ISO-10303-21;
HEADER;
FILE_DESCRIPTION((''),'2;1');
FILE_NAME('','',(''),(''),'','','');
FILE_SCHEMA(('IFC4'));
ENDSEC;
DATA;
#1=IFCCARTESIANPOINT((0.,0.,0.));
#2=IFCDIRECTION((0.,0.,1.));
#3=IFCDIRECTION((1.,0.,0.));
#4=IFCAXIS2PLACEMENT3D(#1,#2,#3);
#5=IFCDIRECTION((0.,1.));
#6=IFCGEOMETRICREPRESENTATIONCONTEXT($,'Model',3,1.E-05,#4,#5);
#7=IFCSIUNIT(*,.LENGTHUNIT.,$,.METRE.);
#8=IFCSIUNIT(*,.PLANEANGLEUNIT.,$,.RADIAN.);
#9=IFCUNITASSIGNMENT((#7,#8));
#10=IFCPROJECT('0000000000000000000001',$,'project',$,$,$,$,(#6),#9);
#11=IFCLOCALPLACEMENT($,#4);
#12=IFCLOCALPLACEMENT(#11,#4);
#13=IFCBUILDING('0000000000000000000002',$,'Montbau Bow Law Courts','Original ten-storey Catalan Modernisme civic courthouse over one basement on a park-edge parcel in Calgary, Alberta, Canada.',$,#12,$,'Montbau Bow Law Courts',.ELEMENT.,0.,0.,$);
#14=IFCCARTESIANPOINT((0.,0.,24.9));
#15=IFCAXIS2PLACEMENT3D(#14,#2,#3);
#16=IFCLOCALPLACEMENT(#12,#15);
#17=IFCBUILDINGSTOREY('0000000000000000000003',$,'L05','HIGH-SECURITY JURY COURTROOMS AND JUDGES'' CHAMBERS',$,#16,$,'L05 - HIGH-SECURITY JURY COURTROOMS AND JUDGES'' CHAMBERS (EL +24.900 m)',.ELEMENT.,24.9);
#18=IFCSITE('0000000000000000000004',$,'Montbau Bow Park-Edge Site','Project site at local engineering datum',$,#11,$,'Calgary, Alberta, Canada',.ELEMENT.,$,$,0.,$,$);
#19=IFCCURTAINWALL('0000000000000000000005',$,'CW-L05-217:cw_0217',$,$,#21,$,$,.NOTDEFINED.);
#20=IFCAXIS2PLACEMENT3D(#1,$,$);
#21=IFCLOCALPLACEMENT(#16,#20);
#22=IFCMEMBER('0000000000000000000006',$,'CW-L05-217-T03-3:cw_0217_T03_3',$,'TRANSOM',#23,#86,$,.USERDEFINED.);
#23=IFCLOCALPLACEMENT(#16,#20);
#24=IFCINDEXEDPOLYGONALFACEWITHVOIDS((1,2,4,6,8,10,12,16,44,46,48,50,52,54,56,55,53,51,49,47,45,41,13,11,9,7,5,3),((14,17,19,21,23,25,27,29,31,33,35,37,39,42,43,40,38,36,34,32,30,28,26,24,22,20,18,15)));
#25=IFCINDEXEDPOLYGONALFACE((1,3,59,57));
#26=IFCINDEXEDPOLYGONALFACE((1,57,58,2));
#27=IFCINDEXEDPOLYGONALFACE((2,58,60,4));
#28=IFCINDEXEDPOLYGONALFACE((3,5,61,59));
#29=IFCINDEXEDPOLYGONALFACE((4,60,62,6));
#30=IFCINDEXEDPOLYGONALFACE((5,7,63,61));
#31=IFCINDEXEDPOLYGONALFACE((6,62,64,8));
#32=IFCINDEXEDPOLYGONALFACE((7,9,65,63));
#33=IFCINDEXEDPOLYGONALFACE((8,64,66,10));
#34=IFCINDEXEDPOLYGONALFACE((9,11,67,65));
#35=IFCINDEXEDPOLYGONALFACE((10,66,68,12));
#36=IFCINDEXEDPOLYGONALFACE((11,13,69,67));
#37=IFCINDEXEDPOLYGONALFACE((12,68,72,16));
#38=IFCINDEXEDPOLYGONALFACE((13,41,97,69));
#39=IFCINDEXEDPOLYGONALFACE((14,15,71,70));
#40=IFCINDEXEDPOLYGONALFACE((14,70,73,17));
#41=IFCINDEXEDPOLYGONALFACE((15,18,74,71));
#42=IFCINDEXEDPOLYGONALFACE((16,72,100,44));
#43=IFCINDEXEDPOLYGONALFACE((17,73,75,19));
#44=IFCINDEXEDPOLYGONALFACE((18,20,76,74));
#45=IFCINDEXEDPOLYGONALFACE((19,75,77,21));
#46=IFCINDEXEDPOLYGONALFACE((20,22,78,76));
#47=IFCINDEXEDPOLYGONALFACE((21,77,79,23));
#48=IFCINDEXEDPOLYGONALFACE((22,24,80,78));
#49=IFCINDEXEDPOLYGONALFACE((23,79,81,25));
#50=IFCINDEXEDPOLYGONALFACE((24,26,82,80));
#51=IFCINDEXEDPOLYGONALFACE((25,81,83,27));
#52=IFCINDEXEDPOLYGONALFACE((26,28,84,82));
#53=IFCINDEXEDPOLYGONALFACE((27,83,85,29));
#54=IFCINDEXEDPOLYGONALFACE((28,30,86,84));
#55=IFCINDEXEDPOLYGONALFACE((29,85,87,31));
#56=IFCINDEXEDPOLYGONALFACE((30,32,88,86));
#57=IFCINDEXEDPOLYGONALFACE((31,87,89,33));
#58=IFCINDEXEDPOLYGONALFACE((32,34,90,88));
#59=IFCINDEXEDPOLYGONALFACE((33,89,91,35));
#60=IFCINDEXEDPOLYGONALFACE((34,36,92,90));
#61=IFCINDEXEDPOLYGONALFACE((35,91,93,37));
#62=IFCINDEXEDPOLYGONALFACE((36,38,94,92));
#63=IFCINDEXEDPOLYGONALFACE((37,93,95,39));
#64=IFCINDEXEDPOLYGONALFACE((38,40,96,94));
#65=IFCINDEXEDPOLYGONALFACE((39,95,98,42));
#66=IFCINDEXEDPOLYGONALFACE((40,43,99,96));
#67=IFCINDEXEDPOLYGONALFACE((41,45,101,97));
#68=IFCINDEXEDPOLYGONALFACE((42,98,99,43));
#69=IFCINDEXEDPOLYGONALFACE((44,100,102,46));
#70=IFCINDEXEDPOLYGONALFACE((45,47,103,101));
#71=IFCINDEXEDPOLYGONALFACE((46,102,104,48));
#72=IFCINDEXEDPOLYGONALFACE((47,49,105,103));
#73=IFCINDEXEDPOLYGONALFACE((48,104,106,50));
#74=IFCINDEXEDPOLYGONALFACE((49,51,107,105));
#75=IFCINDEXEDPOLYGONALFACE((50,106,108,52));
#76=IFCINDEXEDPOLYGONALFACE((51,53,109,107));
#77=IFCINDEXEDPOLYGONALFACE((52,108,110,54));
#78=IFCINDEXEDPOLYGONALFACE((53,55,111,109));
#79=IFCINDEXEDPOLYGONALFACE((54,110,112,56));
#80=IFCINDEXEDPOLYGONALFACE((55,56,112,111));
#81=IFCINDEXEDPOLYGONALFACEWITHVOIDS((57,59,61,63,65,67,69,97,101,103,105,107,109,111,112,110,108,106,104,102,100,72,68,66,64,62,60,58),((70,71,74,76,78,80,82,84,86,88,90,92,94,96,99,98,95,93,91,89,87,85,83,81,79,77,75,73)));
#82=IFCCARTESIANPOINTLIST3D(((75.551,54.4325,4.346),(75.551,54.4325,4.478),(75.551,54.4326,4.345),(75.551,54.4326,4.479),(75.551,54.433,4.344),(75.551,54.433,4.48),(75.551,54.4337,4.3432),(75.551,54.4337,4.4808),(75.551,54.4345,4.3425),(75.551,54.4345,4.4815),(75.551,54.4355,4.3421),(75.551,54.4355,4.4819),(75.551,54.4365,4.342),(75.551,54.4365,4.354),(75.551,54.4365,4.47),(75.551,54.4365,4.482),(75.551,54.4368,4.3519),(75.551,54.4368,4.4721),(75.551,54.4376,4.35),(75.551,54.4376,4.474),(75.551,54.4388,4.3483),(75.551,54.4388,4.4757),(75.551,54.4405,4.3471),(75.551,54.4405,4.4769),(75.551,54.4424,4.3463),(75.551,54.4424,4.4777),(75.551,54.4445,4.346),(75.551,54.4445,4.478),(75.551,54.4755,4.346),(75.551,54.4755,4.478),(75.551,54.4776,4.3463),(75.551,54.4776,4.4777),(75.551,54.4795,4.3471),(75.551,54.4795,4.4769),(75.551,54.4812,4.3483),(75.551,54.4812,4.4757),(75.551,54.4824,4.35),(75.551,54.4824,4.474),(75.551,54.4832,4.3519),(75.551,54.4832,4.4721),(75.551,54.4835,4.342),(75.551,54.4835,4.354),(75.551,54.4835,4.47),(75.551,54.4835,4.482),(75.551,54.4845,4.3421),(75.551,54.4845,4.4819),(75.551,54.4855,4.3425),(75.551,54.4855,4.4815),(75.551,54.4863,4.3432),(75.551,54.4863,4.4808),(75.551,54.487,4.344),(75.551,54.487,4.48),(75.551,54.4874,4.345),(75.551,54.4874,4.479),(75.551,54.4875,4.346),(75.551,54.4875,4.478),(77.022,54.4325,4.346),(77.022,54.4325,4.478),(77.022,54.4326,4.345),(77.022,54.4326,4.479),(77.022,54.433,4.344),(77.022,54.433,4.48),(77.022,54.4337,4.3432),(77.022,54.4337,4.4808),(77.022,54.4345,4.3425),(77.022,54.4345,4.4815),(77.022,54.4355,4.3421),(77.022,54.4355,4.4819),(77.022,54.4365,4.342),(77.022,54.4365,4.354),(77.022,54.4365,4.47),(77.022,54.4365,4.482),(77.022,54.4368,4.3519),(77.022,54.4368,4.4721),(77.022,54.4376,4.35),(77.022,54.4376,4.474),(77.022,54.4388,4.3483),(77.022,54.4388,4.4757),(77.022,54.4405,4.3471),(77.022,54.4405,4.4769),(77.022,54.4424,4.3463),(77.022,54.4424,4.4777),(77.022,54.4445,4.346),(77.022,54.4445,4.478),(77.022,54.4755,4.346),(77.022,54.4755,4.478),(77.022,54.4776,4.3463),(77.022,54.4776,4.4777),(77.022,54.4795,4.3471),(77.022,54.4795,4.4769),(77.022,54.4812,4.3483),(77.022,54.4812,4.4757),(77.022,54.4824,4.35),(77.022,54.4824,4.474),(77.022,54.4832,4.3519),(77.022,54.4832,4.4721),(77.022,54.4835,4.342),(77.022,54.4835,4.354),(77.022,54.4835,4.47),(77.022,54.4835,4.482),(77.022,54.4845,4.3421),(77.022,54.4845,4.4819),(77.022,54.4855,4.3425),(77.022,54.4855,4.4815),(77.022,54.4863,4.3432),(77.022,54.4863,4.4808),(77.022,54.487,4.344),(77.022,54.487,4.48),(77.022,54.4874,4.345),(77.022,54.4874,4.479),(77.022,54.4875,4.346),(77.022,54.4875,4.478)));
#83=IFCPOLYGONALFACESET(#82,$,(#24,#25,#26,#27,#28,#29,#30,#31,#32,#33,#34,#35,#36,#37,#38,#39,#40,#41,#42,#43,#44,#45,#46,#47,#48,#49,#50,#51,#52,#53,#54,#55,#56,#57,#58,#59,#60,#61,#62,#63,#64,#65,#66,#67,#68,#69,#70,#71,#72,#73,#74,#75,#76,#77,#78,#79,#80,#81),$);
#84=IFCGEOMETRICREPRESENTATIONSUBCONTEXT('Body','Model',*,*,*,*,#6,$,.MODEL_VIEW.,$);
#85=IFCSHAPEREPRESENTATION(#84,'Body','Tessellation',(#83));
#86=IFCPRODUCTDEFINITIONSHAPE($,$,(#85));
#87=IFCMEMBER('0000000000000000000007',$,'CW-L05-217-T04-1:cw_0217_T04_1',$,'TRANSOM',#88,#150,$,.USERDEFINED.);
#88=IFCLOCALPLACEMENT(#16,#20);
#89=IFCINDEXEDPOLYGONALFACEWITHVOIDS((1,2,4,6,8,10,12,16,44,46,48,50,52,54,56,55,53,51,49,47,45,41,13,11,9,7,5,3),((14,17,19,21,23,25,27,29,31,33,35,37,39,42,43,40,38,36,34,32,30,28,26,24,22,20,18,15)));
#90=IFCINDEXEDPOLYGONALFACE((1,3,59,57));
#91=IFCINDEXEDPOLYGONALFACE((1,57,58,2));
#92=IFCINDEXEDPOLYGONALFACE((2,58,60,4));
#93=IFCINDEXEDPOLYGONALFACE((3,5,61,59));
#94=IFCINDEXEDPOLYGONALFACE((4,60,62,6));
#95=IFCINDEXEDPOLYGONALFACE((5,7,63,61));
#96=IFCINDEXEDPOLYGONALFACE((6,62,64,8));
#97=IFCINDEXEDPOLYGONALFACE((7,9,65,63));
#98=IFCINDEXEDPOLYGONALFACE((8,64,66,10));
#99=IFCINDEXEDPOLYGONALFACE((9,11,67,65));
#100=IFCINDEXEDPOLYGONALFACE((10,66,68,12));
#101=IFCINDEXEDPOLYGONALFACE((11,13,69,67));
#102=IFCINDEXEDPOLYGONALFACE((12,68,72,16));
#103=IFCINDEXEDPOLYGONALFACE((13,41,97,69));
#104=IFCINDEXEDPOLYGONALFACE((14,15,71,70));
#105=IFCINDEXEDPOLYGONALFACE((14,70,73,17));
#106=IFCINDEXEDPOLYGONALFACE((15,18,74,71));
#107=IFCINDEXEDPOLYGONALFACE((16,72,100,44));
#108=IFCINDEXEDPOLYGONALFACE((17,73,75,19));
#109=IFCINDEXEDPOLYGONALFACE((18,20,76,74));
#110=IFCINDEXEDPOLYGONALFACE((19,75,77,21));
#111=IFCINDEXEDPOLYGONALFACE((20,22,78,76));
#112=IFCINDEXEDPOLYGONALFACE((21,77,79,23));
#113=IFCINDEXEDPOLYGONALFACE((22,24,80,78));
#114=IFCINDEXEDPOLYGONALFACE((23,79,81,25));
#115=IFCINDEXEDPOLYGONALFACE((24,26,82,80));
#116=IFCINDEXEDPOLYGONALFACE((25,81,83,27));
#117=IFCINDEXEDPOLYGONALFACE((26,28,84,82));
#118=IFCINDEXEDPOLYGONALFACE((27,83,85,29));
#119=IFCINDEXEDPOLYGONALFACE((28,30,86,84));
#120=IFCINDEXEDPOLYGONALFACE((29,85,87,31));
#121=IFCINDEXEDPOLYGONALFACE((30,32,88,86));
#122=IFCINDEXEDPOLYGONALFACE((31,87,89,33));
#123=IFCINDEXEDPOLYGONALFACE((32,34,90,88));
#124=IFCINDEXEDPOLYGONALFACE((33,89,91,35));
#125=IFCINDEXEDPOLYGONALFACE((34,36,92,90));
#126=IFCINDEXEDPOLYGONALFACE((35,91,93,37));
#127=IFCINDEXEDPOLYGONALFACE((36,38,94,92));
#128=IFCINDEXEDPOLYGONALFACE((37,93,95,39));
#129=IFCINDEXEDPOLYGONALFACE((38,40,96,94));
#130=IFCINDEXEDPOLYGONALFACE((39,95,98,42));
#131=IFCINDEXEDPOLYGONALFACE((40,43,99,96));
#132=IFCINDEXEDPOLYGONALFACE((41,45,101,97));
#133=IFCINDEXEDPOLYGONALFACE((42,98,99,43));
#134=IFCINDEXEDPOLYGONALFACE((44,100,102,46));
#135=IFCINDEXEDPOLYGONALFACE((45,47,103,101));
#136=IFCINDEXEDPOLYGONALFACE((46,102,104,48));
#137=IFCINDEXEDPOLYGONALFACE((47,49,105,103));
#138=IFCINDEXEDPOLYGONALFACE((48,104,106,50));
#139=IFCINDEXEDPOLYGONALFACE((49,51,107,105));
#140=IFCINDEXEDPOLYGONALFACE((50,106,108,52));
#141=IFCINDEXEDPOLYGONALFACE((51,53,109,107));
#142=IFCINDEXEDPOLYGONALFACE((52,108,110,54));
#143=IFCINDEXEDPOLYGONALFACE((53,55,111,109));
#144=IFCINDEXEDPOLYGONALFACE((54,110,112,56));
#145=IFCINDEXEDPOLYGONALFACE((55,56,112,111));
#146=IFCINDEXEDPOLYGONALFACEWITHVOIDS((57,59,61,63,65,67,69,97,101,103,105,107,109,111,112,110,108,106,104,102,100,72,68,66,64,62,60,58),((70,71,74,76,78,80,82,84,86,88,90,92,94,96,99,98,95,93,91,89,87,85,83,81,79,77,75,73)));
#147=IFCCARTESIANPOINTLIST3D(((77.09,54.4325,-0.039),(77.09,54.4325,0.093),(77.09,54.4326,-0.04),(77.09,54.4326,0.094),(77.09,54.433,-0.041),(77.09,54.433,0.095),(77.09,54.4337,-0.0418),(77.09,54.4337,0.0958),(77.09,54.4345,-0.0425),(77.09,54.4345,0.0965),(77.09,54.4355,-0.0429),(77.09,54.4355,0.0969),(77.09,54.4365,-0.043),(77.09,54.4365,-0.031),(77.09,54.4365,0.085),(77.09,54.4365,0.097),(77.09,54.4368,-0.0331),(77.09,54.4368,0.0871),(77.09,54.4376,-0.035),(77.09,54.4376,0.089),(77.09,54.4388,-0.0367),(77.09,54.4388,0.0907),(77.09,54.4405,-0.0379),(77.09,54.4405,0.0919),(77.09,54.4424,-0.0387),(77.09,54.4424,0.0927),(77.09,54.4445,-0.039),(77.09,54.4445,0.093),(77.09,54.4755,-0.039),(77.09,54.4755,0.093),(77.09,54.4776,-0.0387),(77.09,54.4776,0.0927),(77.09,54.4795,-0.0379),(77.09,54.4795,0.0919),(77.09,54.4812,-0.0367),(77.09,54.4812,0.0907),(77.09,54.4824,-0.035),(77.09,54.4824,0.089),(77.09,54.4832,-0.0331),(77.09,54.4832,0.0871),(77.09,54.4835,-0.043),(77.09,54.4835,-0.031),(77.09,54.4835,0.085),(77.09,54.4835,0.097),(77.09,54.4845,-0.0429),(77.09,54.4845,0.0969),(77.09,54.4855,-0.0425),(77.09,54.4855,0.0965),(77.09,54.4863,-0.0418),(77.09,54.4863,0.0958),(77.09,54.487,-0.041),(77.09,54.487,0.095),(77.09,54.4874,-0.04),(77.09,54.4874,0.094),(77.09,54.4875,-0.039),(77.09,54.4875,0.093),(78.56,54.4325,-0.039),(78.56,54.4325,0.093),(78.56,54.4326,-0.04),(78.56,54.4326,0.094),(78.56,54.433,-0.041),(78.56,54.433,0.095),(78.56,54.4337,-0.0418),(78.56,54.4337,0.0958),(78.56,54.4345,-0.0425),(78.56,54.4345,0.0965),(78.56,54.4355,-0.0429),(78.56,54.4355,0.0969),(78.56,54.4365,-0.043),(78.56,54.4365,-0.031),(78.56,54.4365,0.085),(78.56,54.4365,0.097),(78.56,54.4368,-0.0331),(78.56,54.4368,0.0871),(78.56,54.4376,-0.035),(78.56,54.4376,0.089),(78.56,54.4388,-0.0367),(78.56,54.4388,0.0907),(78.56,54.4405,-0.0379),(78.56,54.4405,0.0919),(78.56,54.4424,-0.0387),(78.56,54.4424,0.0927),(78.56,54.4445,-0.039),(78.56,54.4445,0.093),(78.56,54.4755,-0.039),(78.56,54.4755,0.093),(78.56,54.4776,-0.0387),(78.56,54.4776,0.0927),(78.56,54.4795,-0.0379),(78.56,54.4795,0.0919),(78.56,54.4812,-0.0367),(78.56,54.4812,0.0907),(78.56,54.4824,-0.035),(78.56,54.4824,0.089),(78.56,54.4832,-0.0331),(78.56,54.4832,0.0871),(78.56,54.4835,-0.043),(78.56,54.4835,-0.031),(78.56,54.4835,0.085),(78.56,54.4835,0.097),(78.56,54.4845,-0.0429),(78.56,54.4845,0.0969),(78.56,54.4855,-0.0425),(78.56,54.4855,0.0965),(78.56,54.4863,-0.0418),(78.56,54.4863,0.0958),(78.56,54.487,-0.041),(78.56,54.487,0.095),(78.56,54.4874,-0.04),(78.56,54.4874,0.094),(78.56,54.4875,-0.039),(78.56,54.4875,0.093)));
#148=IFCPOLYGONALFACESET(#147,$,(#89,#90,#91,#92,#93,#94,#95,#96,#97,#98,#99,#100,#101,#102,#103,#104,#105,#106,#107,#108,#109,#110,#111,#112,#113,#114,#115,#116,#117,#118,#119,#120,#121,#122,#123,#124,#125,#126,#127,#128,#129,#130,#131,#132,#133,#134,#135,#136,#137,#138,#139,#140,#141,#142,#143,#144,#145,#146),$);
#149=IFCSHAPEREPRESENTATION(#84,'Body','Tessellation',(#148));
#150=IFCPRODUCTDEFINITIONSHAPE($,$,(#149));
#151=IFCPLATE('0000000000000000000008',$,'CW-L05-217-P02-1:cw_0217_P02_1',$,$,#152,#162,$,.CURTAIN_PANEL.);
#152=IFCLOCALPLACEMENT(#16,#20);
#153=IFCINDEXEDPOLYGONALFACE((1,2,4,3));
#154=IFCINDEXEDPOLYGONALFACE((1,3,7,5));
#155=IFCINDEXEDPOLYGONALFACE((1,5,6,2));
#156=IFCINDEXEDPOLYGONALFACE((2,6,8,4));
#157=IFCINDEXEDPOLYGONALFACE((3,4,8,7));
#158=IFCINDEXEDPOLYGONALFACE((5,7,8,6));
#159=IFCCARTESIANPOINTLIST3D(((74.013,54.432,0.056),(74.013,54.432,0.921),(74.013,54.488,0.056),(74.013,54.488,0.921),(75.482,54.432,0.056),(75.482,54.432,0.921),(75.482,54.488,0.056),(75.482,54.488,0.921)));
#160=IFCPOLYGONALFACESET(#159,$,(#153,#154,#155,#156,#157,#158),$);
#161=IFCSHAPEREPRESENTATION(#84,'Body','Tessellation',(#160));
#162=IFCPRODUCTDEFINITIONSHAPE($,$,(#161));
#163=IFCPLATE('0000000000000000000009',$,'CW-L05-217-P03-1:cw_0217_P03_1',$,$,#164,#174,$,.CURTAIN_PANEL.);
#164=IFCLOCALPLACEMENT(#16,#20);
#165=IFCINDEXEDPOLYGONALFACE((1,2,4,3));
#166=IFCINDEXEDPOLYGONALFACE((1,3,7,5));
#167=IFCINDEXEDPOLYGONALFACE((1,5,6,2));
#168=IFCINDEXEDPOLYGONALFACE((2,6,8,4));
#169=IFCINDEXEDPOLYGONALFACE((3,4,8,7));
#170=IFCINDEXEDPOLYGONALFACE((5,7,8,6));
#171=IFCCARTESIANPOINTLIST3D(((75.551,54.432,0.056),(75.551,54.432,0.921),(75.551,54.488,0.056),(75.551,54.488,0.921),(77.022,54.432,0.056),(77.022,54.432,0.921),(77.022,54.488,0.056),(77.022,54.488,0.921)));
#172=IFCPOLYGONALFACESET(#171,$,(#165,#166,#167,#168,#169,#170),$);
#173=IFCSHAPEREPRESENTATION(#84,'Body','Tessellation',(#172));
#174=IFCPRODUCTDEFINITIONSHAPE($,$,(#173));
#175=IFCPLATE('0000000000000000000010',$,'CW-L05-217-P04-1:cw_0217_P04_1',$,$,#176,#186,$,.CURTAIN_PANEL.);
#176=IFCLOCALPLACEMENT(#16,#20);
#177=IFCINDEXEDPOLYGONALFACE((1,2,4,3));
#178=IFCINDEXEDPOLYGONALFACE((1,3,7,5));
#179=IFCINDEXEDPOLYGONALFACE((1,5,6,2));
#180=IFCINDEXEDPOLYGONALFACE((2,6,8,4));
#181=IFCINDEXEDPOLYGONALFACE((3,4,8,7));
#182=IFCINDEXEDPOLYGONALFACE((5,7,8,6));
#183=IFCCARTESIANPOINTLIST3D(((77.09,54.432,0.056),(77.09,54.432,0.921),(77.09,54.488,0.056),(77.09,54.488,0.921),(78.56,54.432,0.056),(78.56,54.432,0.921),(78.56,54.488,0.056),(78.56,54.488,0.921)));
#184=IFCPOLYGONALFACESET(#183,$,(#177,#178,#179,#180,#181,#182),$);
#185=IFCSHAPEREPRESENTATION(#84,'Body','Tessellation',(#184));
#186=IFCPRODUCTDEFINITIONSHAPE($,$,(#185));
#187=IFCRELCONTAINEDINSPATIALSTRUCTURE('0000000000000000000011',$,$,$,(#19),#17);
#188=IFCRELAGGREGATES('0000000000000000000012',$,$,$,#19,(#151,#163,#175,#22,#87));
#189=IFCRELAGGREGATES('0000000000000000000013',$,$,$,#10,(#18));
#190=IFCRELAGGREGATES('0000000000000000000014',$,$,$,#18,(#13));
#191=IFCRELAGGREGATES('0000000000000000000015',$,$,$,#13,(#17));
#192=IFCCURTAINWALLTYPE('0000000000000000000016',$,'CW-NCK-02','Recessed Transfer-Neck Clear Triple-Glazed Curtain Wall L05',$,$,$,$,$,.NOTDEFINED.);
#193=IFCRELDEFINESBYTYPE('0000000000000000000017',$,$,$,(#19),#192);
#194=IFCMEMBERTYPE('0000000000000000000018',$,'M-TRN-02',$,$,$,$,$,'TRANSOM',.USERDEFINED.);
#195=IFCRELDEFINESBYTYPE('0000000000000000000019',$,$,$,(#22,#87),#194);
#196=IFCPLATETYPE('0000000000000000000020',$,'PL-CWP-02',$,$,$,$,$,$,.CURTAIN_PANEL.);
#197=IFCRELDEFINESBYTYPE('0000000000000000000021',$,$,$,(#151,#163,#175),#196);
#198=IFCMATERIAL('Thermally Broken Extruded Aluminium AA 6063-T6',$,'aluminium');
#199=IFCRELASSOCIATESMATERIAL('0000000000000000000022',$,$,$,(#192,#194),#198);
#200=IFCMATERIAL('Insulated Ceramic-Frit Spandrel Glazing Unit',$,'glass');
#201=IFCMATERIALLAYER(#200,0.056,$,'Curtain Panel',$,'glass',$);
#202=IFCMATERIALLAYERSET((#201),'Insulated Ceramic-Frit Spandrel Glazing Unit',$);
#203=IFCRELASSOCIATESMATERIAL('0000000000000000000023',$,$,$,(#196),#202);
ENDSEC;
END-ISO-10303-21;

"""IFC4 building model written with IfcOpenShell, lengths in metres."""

from ifc_helpers import new_model, si_unit, direction, frame, frame_2d, origin_with_axes, origin_2d_with_axis, place, context, subcontext, project, spatial, rectangle, hollow_rectangle, extrude, material, layer, layer_set, material_profile, profile_set, type_object, element, aggregate, save


model = new_model("IFC4")

# Units and contexts
model_context = context("Model", 3, precision=1e-05, world=origin_with_axes(), true_north=direction((0.0, 1.0)))
body_context = subcontext(model_context, "Body", "Model", "MODEL_VIEW")
ifc_project = project(units=[si_unit("LENGTHUNIT", "METRE"), si_unit("PLANEANGLEUNIT", "RADIAN")], contexts=[model_context])

# Site, building, storey
site_placement = place(None, origin_with_axes())
site = spatial("IfcSite", under=ifc_project, at=site_placement, Name="Montbau Bow Park-Edge Site", Description="Project site at local engineering datum", LongName="Calgary, Alberta, Canada", CompositionType="ELEMENT", RefElevation=0.0)
building_placement = place(site_placement, origin_with_axes())
building = spatial("IfcBuilding", under=site, at=building_placement, Name="Montbau Bow Law Courts", Description="Original ten-storey Catalan Modernisme civic courthouse over one basement on a park-edge parcel in Calgary, Alberta, Canada.", LongName="Montbau Bow Law Courts", CompositionType="ELEMENT", ElevationOfRefHeight=0.0, ElevationOfTerrain=0.0)
storey_placement = place(building_placement, frame((0.0, 0.0, 24.9), z_axis=(0.0, 0.0, 1.0), x_axis=(1.0, 0.0, 0.0)))
storey = spatial("IfcBuildingStorey", under=building, at=storey_placement, Name="L05", Description="HIGH-SECURITY JURY COURTROOMS AND JUDGES' CHAMBERS", LongName="L05 - HIGH-SECURITY JURY COURTROOMS AND JUDGES' CHAMBERS (EL +24.900 m)", CompositionType="ELEMENT", Elevation=24.9)

# Curtain wall, members, plates
ifc_material_1 = material(Name="Thermally Broken Extruded Aluminium AA 6063-T6", Category="aluminium")
curtain_wall_type = type_object("IfcCurtainWallType", Name="CW-NCK-02", Description="Recessed Transfer-Neck Clear Triple-Glazed Curtain Wall L05", PredefinedType="NOTDEFINED", material=ifc_material_1)
curtain_wall_placement = place(None, frame((72.44, 54.46, 24.9), z_axis=(0.0, 0.0, 1.0), x_axis=(1.0, 0.0, 0.0)))
curtain_wall = element("IfcCurtainWall", 1, at=curtain_wall_placement, inside=storey, type_object=curtain_wall_type, Name="CW-L05-217:cw_0217", PredefinedType="NOTDEFINED")
ifc_material_profile_1 = material_profile(ifc_material_1, hollow_rectangle(XDim=0.055, YDim=0.14, WallThickness=0.004, InnerFilletRadius=0.008, OuterFilletRadius=0.004, at=origin_2d_with_axis()), Name="CWT-140X55", Category="Main", Priority=0)
ifc_profile_set_1 = profile_set([ifc_material_profile_1], Name="Thermally Broken Extruded Aluminium AA 6063-T6")
member_type_1 = type_object("IfcMemberType", Name="M-TRN-02", ElementType="TRANSOM", PredefinedType="USERDEFINED", material=ifc_profile_set_1)
member_1_placement = place(None, frame((75.551, 54.46, 29.312), z_axis=(1.0, 0.0, 0.0), x_axis=(0.0, 1.0, 0.0)))
member_1 = element("IfcMember", 2, at=member_1_placement, type_object=member_type_1, Name="CW-L05-217-T03-3:cw_0217_T03_3", ObjectType="TRANSOM", PredefinedType="USERDEFINED", context=body_context, shape_type="SweptSolid", body=[
    extrude(hollow_rectangle(XDim=0.055, YDim=0.14, WallThickness=0.004, InnerFilletRadius=0.008, OuterFilletRadius=0.004, at=origin_2d_with_axis()), origin_with_axes(), (0.0, 0.0, 1.0), 1.471),
])
member_2_placement = place(None, frame((77.09, 54.46, 24.927), z_axis=(1.0, 0.0, 0.0), x_axis=(0.0, 1.0, 0.0)))
member_2 = element("IfcMember", 3, at=member_2_placement, type_object=member_type_1, Name="CW-L05-217-T04-1:cw_0217_T04_1", ObjectType="TRANSOM", PredefinedType="USERDEFINED", context=body_context, shape_type="SweptSolid", body=[
    extrude(hollow_rectangle(XDim=0.055, YDim=0.14, WallThickness=0.004, InnerFilletRadius=0.008, OuterFilletRadius=0.004, at=origin_2d_with_axis()), origin_with_axes(), (0.0, 0.0, 1.0), 1.47),
])
ifc_material_2 = material(Name="Insulated Ceramic-Frit Spandrel Glazing Unit", Category="glass")
ifc_layer_1 = layer(ifc_material_2, 0.056, Name="Curtain Panel", Category="glass")
ifc_layer_set_1 = layer_set([ifc_layer_1], Name="Insulated Ceramic-Frit Spandrel Glazing Unit")
plate_type_1 = type_object("IfcPlateType", Name="PL-CWP-02", PredefinedType="CURTAIN_PANEL", material=ifc_layer_set_1)
plate_1_placement = place(None, frame((74.013, 54.46, 24.956), z_axis=(0.0, -1.0, 0.0), x_axis=(1.0, 0.0, 0.0)))
plate_1 = element("IfcPlate", 4, at=plate_1_placement, type_object=plate_type_1, Name="CW-L05-217-P02-1:cw_0217_P02_1", PredefinedType="CURTAIN_PANEL", context=body_context, shape_type="SweptSolid", body=[
    extrude(rectangle(XDim=1.469, YDim=0.865, at=frame_2d((0.7345, 0.4325), x_axis=(1.0, 0.0))), frame((0.0, 0.0, -0.028), z_axis=(0.0, 0.0, 1.0), x_axis=(1.0, 0.0, 0.0)), (0.0, 0.0, 1.0), 0.056),
])
plate_2_placement = place(None, frame((75.551, 54.46, 24.956), z_axis=(0.0, -1.0, 0.0), x_axis=(1.0, 0.0, 0.0)))
plate_2 = element("IfcPlate", 5, at=plate_2_placement, type_object=plate_type_1, Name="CW-L05-217-P03-1:cw_0217_P03_1", PredefinedType="CURTAIN_PANEL", context=body_context, shape_type="SweptSolid", body=[
    extrude(rectangle(XDim=1.471, YDim=0.865, at=frame_2d((0.7355, 0.4325), x_axis=(1.0, 0.0))), frame((0.0, 0.0, -0.028), z_axis=(0.0, 0.0, 1.0), x_axis=(1.0, 0.0, 0.0)), (0.0, 0.0, 1.0), 0.056),
])
plate_3_placement = place(None, frame((77.09, 54.46, 24.956), z_axis=(0.0, -1.0, 0.0), x_axis=(1.0, 0.0, 0.0)))
plate_3 = element("IfcPlate", 6, at=plate_3_placement, type_object=plate_type_1, Name="CW-L05-217-P04-1:cw_0217_P04_1", PredefinedType="CURTAIN_PANEL", context=body_context, shape_type="SweptSolid", body=[
    extrude(rectangle(XDim=1.47, YDim=0.865, at=frame_2d((0.735, 0.4325), x_axis=(1.0, 0.0))), frame((0.0, 0.0, -0.028), z_axis=(0.0, 0.0, 1.0), x_axis=(1.0, 0.0, 0.0)), (0.0, 0.0, 1.0), 0.056),
])
aggregate(curtain_wall, [plate_1, plate_2, plate_3, member_1, member_2])

save(model, "model.ifc")
